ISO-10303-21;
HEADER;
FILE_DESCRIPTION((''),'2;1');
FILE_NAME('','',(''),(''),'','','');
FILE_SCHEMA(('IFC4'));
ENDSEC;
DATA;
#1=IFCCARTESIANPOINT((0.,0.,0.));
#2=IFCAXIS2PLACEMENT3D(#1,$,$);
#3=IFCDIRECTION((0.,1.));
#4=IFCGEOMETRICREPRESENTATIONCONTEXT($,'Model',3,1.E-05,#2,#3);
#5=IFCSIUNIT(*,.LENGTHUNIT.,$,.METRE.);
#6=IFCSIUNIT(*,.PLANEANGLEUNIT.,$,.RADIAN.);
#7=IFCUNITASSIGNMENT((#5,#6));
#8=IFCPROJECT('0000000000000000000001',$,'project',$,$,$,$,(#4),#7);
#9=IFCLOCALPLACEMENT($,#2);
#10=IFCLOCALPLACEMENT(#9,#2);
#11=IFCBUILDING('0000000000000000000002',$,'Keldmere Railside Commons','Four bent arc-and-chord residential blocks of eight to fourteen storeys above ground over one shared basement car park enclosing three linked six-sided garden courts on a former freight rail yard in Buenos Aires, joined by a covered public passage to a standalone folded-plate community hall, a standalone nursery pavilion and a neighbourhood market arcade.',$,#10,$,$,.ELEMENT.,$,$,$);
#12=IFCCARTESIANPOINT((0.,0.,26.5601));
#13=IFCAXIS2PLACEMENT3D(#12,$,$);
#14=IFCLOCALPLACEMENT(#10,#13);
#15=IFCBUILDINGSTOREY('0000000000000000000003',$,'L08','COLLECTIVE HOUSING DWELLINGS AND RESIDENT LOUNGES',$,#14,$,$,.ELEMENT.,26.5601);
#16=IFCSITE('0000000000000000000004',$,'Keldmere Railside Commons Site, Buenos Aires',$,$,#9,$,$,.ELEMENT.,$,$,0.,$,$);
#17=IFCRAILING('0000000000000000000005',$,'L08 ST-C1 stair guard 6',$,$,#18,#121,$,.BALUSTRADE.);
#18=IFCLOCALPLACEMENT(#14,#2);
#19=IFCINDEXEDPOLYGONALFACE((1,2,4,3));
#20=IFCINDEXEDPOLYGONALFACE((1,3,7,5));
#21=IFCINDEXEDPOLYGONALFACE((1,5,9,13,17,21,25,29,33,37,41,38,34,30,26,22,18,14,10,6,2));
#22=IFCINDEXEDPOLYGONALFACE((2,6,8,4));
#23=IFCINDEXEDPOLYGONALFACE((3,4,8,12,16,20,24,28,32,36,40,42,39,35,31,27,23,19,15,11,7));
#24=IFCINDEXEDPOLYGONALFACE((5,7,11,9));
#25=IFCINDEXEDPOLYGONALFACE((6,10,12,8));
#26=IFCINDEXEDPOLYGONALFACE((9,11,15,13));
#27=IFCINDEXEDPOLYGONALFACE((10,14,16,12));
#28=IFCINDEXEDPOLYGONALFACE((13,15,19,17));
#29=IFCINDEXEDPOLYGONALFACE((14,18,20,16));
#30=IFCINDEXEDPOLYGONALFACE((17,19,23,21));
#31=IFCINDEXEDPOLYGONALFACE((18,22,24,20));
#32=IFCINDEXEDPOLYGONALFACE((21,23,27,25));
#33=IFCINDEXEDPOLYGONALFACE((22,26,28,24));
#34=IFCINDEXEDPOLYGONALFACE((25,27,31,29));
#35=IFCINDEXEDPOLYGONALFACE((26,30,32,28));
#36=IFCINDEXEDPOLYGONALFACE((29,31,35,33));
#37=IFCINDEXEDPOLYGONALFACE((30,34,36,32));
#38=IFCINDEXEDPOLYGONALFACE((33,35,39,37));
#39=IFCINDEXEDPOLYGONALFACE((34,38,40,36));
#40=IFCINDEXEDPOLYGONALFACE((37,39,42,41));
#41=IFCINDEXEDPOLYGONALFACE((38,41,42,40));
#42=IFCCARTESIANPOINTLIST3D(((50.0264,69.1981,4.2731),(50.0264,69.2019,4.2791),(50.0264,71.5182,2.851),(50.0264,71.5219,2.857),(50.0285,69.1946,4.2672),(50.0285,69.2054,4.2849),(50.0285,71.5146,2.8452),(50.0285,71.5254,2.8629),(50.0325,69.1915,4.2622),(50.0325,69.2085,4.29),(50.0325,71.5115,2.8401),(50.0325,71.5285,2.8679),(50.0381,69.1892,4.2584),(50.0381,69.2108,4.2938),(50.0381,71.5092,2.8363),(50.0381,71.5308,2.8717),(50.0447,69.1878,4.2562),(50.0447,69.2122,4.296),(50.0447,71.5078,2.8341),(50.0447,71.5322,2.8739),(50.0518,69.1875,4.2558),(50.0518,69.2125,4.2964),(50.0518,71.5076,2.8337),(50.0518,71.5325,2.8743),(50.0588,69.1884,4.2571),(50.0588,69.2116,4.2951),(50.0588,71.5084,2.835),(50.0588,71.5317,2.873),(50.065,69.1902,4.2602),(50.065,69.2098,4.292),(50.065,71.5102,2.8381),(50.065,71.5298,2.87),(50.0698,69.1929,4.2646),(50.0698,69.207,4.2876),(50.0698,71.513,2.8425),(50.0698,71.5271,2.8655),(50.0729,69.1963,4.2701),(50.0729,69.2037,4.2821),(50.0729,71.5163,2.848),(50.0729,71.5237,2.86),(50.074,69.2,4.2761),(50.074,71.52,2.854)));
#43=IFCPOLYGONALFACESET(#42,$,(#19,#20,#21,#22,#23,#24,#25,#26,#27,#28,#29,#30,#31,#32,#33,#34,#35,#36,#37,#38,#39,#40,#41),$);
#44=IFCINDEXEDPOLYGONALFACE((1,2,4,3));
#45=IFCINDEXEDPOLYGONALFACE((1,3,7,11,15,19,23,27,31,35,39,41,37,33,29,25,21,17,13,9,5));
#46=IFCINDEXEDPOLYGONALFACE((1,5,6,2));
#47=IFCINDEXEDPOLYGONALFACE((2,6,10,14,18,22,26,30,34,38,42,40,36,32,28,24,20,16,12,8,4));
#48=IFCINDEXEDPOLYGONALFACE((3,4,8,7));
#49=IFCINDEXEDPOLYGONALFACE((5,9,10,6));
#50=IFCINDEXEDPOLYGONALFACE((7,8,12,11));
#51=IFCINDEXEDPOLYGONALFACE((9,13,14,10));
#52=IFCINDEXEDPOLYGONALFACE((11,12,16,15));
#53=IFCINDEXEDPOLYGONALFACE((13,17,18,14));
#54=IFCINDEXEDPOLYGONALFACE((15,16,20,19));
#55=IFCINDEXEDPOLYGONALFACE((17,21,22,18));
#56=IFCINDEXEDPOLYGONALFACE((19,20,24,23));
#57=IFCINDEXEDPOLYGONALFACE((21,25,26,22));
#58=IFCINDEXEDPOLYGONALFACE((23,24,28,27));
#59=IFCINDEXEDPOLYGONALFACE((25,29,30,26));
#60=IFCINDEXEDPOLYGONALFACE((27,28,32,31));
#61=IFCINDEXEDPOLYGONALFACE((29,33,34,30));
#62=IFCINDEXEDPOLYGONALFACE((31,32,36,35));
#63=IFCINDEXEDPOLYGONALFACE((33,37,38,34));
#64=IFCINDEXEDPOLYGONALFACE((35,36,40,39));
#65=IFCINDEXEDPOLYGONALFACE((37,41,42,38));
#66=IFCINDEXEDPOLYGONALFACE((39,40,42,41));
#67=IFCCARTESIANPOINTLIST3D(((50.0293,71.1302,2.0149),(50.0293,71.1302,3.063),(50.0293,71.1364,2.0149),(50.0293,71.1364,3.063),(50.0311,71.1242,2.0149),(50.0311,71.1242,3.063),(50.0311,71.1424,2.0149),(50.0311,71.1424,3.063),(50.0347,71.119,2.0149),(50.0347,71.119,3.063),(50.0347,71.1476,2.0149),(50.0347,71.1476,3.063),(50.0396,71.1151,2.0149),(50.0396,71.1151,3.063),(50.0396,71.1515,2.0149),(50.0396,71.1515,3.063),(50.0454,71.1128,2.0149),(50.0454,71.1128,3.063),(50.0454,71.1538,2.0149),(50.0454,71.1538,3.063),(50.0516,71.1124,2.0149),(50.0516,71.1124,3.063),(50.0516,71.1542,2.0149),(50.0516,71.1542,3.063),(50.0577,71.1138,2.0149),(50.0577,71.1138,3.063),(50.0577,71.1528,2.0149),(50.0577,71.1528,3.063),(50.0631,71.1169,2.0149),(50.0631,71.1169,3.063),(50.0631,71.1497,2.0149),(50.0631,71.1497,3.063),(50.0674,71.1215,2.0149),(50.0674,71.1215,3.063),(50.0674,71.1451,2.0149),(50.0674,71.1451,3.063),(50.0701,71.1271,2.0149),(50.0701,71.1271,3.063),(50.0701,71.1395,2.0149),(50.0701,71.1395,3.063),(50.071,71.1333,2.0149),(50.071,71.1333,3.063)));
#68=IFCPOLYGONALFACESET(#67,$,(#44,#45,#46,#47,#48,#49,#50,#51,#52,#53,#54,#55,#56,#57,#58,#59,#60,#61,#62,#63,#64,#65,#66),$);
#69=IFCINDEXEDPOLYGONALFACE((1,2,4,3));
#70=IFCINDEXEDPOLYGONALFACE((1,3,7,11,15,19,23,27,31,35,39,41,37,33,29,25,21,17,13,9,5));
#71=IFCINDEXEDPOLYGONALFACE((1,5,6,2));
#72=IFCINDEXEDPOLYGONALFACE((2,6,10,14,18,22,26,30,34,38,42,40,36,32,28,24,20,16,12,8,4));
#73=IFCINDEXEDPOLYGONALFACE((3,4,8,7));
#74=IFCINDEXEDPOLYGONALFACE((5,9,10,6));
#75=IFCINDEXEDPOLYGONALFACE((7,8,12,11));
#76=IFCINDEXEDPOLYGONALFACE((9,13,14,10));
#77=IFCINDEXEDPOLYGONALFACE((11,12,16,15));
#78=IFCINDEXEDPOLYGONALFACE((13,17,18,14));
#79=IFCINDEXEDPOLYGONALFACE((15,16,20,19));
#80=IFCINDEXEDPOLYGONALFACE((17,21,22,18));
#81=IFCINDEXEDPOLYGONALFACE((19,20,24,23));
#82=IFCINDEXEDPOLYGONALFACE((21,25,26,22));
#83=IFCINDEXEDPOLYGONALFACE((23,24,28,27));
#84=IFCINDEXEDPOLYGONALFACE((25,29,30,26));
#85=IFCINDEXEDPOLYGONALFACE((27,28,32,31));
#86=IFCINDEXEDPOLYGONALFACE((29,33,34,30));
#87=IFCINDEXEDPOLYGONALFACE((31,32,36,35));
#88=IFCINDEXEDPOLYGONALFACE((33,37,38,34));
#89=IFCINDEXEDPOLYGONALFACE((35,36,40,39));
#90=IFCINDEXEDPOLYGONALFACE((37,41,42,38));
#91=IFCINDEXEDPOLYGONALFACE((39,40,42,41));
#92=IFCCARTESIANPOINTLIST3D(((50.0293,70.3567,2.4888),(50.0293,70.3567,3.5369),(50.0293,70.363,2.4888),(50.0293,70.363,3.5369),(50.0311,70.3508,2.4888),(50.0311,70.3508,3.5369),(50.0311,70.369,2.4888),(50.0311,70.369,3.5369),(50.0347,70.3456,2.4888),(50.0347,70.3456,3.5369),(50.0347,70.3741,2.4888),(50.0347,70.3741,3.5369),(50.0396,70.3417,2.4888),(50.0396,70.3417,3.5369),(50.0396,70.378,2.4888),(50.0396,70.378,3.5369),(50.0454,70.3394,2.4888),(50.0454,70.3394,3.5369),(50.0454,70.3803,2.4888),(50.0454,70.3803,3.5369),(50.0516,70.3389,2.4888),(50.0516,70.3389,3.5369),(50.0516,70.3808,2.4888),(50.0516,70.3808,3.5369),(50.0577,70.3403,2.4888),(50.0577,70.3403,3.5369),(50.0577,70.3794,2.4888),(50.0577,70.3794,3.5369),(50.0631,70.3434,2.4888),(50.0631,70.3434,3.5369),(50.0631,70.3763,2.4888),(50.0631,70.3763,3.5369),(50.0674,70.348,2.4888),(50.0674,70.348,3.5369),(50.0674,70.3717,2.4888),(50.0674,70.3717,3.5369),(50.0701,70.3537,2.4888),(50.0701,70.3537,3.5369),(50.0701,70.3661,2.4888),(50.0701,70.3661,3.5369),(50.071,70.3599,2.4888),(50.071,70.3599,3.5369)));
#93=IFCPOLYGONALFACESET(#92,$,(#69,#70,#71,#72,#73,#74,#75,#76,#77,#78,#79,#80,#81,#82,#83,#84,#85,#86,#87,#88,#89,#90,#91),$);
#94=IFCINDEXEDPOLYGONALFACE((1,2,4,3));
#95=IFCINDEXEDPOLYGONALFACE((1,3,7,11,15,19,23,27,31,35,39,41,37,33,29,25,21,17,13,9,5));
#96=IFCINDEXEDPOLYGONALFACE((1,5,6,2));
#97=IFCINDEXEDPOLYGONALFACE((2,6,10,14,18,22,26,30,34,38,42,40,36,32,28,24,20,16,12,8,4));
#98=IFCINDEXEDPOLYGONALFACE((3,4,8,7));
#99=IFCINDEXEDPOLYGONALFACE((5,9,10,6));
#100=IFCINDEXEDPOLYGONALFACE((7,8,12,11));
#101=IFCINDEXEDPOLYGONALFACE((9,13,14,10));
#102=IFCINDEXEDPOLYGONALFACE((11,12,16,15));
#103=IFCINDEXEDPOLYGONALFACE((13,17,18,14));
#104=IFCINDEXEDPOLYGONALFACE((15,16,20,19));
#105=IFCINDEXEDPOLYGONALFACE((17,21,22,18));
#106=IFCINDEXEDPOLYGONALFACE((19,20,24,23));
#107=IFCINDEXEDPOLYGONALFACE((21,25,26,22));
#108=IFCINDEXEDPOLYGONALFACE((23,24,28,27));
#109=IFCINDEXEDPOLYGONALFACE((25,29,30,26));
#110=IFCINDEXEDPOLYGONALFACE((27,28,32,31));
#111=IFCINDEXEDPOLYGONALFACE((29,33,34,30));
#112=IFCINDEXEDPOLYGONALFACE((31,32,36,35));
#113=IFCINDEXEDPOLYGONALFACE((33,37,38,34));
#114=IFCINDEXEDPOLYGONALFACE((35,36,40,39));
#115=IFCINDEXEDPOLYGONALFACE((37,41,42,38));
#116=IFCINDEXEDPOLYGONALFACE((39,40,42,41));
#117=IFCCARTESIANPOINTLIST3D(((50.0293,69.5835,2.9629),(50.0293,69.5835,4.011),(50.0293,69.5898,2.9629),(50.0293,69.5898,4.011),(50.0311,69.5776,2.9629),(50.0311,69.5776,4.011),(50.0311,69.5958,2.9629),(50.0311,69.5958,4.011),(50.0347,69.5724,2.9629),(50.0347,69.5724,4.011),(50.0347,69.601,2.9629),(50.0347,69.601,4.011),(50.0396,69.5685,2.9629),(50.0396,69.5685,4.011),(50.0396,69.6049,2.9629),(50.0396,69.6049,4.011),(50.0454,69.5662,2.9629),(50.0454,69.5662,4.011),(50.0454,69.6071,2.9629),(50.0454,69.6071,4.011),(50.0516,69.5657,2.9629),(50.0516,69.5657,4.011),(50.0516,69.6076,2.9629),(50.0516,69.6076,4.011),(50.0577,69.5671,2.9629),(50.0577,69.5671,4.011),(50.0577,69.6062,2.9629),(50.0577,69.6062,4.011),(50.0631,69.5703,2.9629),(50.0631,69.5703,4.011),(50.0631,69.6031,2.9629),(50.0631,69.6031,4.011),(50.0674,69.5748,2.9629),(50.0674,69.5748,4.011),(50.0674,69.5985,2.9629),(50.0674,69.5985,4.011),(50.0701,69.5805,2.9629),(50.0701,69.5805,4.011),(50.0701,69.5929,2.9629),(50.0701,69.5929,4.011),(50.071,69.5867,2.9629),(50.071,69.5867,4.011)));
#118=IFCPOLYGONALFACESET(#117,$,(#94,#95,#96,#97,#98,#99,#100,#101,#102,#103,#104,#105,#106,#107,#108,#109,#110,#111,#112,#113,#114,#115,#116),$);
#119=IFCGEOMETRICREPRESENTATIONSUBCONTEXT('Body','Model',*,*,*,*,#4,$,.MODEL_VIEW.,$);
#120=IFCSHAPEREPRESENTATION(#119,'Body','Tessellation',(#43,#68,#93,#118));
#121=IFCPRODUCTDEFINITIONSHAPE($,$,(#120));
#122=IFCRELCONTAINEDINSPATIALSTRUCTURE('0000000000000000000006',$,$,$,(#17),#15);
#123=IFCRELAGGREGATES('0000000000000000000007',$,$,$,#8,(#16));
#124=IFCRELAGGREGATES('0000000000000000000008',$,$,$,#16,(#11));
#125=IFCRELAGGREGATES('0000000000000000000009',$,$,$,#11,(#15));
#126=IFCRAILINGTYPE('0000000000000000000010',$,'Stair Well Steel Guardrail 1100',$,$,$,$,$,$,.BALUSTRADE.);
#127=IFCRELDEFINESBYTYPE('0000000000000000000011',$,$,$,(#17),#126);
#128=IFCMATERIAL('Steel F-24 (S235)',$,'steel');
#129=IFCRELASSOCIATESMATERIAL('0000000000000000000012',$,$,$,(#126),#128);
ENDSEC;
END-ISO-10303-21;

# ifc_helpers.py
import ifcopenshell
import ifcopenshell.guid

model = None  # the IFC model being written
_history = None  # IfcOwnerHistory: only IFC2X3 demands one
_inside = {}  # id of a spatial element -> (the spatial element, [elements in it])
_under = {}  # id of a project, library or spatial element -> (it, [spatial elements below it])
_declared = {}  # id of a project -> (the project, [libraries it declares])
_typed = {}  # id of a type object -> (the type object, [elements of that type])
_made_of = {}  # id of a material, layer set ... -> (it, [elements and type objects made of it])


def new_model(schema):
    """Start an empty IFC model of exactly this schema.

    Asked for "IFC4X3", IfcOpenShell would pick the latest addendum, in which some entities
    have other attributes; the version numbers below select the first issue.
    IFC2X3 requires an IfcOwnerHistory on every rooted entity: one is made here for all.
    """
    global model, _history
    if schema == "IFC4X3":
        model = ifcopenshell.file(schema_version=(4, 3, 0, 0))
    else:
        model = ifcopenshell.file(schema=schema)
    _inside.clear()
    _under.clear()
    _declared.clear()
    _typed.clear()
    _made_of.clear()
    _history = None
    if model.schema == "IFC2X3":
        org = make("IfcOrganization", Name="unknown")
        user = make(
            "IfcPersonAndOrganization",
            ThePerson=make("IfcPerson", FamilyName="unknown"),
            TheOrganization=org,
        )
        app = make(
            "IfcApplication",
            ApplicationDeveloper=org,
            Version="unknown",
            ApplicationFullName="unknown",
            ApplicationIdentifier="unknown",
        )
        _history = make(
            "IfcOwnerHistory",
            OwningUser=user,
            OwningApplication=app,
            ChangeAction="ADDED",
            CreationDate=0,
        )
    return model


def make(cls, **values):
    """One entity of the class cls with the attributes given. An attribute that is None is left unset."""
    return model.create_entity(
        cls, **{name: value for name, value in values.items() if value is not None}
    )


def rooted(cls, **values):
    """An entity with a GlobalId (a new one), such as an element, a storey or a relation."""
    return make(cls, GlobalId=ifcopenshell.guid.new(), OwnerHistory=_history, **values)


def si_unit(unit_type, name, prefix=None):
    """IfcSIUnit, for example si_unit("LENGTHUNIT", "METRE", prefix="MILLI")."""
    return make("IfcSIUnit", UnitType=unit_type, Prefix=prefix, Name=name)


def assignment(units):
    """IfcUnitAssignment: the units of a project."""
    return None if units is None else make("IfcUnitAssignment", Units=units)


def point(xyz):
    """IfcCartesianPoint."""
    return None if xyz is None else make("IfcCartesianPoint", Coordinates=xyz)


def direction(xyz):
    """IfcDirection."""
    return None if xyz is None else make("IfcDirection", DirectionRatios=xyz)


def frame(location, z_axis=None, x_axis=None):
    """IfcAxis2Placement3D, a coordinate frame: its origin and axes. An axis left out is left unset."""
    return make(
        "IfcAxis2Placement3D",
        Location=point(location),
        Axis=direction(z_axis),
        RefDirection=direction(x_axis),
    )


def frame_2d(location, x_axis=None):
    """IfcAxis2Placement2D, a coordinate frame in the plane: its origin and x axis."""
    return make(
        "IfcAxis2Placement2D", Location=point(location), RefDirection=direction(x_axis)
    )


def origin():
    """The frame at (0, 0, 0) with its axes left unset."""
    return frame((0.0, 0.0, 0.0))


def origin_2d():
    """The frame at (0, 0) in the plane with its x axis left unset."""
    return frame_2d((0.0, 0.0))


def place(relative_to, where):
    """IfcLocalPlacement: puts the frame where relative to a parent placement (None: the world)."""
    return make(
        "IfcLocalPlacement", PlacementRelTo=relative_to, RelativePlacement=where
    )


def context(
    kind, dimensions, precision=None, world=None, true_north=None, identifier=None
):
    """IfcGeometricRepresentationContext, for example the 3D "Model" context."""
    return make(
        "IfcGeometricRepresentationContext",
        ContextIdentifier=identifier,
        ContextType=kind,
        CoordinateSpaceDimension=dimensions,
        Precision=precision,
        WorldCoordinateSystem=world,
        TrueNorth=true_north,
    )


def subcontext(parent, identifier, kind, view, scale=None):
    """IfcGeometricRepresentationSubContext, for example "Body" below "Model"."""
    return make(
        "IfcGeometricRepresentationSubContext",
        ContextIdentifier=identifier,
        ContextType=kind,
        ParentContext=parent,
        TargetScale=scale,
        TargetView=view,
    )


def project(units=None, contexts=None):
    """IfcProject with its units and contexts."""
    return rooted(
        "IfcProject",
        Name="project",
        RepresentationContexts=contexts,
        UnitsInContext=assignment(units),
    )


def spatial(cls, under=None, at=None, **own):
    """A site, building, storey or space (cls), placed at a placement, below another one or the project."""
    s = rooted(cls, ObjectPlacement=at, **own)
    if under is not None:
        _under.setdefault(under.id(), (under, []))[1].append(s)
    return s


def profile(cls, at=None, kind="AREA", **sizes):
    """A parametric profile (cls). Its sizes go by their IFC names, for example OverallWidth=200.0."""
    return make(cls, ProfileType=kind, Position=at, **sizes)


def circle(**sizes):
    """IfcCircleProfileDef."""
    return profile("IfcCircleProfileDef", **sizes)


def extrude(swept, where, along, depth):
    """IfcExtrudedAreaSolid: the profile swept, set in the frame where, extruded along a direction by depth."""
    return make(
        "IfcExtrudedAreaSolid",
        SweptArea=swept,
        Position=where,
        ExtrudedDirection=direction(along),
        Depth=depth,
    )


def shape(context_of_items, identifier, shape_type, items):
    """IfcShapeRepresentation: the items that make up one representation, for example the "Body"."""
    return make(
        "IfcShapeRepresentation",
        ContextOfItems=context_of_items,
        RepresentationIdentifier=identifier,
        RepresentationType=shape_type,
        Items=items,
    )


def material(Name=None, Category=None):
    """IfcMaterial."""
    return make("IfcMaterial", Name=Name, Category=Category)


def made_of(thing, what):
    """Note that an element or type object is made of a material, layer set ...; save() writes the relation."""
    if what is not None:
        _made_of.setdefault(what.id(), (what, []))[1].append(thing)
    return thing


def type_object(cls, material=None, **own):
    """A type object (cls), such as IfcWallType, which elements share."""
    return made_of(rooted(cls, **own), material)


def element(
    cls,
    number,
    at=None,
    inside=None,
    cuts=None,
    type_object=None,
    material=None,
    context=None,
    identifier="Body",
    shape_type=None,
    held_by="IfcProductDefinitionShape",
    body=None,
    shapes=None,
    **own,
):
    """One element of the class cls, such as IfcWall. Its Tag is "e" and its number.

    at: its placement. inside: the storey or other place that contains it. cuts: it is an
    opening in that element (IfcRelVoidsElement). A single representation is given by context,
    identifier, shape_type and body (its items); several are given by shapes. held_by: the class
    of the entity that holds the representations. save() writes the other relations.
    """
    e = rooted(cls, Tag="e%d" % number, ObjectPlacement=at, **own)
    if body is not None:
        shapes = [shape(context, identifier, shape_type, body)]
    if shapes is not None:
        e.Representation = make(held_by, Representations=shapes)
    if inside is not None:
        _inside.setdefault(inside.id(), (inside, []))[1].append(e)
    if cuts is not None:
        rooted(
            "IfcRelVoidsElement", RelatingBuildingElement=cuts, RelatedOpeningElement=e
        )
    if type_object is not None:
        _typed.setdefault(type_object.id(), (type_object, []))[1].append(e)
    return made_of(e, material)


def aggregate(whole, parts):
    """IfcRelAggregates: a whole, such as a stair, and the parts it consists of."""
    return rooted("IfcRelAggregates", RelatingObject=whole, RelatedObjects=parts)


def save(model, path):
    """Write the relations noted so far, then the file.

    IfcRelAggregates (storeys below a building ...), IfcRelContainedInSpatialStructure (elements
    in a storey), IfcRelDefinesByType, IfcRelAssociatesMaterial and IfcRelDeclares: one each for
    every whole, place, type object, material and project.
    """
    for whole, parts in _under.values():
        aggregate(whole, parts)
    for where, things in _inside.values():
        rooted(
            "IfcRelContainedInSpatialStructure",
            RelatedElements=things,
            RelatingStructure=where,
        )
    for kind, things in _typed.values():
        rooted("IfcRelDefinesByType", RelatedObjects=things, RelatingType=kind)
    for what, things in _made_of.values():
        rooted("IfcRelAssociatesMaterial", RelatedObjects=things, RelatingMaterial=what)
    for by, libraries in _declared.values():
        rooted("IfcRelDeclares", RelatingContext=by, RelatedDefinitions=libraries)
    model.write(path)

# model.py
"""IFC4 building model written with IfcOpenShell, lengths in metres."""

from ifc_helpers import new_model, si_unit, direction, frame, origin, origin_2d, place, context, subcontext, project, spatial, circle, extrude, material, type_object, element, save


model = new_model("IFC4")

# Units and contexts
model_context = context("Model", 3, precision=1e-05, world=origin(), true_north=direction((0.0, 1.0)))
body_context = subcontext(model_context, "Body", "Model", "MODEL_VIEW")
ifc_project = project(units=[si_unit("LENGTHUNIT", "METRE"), si_unit("PLANEANGLEUNIT", "RADIAN")], contexts=[model_context])

# Site, building, storey
site_placement = place(None, origin())
site = spatial("IfcSite", under=ifc_project, at=site_placement, Name="Keldmere Railside Commons Site, Buenos Aires", CompositionType="ELEMENT", RefElevation=0.0)
building_placement = place(site_placement, origin())
building = spatial("IfcBuilding", under=site, at=building_placement, Name="Keldmere Railside Commons", Description="Four bent arc-and-chord residential blocks of eight to fourteen storeys above ground over one shared basement car park enclosing three linked six-sided garden courts on a former freight rail yard in Buenos Aires, joined by a covered public passage to a standalone folded-plate community hall, a standalone nursery pavilion and a neighbourhood market arcade.", CompositionType="ELEMENT")
storey_placement = place(building_placement, frame((0.0, 0.0, 26.5601)))
storey = spatial("IfcBuildingStorey", under=building, at=storey_placement, Name="L08", Description="COLLECTIVE HOUSING DWELLINGS AND RESIDENT LOUNGES", CompositionType="ELEMENT", Elevation=26.5601)

# Shared definitions
ifc_material_1 = material(Name="Steel F-24 (S235)", Category="steel")

# Railing
railing_type_1 = type_object("IfcRailingType", Name="Stair Well Steel Guardrail 1100", PredefinedType="BALUSTRADE", material=ifc_material_1)
railing_1_placement = place(storey_placement, frame((50.05, 71.52, 1.7778)))
element("IfcRailing", 1, at=railing_1_placement, inside=storey, type_object=railing_type_1, Name="L08 ST-C1 stair guard 6", PredefinedType="BALUSTRADE", context=body_context, shape_type="SweptSolid", body=[
    extrude(circle(Radius=0.0239, at=origin_2d()), frame((0.0, 0.0, 1.0762), z_axis=(0.0, -0.852578, 0.5226), x_axis=(1.0, 0.0, 0.0)), (0.0, 0.0, 1.0), 2.7212),
    extrude(circle(Radius=0.021, at=origin_2d()), frame((0.0, -0.3867, 0.2371)), (0.0, 0.0, 1.0), 1.0481),
    extrude(circle(Radius=0.021, at=origin_2d()), frame((0.0, -1.1602, 0.7109)), (0.0, 0.0, 1.0), 1.0481),
    extrude(circle(Radius=0.021, at=origin_2d()), frame((0.0, -1.9333, 1.1851)), (0.0, 0.0, 1.0), 1.0481),
])

save(model, "model.ifc")
